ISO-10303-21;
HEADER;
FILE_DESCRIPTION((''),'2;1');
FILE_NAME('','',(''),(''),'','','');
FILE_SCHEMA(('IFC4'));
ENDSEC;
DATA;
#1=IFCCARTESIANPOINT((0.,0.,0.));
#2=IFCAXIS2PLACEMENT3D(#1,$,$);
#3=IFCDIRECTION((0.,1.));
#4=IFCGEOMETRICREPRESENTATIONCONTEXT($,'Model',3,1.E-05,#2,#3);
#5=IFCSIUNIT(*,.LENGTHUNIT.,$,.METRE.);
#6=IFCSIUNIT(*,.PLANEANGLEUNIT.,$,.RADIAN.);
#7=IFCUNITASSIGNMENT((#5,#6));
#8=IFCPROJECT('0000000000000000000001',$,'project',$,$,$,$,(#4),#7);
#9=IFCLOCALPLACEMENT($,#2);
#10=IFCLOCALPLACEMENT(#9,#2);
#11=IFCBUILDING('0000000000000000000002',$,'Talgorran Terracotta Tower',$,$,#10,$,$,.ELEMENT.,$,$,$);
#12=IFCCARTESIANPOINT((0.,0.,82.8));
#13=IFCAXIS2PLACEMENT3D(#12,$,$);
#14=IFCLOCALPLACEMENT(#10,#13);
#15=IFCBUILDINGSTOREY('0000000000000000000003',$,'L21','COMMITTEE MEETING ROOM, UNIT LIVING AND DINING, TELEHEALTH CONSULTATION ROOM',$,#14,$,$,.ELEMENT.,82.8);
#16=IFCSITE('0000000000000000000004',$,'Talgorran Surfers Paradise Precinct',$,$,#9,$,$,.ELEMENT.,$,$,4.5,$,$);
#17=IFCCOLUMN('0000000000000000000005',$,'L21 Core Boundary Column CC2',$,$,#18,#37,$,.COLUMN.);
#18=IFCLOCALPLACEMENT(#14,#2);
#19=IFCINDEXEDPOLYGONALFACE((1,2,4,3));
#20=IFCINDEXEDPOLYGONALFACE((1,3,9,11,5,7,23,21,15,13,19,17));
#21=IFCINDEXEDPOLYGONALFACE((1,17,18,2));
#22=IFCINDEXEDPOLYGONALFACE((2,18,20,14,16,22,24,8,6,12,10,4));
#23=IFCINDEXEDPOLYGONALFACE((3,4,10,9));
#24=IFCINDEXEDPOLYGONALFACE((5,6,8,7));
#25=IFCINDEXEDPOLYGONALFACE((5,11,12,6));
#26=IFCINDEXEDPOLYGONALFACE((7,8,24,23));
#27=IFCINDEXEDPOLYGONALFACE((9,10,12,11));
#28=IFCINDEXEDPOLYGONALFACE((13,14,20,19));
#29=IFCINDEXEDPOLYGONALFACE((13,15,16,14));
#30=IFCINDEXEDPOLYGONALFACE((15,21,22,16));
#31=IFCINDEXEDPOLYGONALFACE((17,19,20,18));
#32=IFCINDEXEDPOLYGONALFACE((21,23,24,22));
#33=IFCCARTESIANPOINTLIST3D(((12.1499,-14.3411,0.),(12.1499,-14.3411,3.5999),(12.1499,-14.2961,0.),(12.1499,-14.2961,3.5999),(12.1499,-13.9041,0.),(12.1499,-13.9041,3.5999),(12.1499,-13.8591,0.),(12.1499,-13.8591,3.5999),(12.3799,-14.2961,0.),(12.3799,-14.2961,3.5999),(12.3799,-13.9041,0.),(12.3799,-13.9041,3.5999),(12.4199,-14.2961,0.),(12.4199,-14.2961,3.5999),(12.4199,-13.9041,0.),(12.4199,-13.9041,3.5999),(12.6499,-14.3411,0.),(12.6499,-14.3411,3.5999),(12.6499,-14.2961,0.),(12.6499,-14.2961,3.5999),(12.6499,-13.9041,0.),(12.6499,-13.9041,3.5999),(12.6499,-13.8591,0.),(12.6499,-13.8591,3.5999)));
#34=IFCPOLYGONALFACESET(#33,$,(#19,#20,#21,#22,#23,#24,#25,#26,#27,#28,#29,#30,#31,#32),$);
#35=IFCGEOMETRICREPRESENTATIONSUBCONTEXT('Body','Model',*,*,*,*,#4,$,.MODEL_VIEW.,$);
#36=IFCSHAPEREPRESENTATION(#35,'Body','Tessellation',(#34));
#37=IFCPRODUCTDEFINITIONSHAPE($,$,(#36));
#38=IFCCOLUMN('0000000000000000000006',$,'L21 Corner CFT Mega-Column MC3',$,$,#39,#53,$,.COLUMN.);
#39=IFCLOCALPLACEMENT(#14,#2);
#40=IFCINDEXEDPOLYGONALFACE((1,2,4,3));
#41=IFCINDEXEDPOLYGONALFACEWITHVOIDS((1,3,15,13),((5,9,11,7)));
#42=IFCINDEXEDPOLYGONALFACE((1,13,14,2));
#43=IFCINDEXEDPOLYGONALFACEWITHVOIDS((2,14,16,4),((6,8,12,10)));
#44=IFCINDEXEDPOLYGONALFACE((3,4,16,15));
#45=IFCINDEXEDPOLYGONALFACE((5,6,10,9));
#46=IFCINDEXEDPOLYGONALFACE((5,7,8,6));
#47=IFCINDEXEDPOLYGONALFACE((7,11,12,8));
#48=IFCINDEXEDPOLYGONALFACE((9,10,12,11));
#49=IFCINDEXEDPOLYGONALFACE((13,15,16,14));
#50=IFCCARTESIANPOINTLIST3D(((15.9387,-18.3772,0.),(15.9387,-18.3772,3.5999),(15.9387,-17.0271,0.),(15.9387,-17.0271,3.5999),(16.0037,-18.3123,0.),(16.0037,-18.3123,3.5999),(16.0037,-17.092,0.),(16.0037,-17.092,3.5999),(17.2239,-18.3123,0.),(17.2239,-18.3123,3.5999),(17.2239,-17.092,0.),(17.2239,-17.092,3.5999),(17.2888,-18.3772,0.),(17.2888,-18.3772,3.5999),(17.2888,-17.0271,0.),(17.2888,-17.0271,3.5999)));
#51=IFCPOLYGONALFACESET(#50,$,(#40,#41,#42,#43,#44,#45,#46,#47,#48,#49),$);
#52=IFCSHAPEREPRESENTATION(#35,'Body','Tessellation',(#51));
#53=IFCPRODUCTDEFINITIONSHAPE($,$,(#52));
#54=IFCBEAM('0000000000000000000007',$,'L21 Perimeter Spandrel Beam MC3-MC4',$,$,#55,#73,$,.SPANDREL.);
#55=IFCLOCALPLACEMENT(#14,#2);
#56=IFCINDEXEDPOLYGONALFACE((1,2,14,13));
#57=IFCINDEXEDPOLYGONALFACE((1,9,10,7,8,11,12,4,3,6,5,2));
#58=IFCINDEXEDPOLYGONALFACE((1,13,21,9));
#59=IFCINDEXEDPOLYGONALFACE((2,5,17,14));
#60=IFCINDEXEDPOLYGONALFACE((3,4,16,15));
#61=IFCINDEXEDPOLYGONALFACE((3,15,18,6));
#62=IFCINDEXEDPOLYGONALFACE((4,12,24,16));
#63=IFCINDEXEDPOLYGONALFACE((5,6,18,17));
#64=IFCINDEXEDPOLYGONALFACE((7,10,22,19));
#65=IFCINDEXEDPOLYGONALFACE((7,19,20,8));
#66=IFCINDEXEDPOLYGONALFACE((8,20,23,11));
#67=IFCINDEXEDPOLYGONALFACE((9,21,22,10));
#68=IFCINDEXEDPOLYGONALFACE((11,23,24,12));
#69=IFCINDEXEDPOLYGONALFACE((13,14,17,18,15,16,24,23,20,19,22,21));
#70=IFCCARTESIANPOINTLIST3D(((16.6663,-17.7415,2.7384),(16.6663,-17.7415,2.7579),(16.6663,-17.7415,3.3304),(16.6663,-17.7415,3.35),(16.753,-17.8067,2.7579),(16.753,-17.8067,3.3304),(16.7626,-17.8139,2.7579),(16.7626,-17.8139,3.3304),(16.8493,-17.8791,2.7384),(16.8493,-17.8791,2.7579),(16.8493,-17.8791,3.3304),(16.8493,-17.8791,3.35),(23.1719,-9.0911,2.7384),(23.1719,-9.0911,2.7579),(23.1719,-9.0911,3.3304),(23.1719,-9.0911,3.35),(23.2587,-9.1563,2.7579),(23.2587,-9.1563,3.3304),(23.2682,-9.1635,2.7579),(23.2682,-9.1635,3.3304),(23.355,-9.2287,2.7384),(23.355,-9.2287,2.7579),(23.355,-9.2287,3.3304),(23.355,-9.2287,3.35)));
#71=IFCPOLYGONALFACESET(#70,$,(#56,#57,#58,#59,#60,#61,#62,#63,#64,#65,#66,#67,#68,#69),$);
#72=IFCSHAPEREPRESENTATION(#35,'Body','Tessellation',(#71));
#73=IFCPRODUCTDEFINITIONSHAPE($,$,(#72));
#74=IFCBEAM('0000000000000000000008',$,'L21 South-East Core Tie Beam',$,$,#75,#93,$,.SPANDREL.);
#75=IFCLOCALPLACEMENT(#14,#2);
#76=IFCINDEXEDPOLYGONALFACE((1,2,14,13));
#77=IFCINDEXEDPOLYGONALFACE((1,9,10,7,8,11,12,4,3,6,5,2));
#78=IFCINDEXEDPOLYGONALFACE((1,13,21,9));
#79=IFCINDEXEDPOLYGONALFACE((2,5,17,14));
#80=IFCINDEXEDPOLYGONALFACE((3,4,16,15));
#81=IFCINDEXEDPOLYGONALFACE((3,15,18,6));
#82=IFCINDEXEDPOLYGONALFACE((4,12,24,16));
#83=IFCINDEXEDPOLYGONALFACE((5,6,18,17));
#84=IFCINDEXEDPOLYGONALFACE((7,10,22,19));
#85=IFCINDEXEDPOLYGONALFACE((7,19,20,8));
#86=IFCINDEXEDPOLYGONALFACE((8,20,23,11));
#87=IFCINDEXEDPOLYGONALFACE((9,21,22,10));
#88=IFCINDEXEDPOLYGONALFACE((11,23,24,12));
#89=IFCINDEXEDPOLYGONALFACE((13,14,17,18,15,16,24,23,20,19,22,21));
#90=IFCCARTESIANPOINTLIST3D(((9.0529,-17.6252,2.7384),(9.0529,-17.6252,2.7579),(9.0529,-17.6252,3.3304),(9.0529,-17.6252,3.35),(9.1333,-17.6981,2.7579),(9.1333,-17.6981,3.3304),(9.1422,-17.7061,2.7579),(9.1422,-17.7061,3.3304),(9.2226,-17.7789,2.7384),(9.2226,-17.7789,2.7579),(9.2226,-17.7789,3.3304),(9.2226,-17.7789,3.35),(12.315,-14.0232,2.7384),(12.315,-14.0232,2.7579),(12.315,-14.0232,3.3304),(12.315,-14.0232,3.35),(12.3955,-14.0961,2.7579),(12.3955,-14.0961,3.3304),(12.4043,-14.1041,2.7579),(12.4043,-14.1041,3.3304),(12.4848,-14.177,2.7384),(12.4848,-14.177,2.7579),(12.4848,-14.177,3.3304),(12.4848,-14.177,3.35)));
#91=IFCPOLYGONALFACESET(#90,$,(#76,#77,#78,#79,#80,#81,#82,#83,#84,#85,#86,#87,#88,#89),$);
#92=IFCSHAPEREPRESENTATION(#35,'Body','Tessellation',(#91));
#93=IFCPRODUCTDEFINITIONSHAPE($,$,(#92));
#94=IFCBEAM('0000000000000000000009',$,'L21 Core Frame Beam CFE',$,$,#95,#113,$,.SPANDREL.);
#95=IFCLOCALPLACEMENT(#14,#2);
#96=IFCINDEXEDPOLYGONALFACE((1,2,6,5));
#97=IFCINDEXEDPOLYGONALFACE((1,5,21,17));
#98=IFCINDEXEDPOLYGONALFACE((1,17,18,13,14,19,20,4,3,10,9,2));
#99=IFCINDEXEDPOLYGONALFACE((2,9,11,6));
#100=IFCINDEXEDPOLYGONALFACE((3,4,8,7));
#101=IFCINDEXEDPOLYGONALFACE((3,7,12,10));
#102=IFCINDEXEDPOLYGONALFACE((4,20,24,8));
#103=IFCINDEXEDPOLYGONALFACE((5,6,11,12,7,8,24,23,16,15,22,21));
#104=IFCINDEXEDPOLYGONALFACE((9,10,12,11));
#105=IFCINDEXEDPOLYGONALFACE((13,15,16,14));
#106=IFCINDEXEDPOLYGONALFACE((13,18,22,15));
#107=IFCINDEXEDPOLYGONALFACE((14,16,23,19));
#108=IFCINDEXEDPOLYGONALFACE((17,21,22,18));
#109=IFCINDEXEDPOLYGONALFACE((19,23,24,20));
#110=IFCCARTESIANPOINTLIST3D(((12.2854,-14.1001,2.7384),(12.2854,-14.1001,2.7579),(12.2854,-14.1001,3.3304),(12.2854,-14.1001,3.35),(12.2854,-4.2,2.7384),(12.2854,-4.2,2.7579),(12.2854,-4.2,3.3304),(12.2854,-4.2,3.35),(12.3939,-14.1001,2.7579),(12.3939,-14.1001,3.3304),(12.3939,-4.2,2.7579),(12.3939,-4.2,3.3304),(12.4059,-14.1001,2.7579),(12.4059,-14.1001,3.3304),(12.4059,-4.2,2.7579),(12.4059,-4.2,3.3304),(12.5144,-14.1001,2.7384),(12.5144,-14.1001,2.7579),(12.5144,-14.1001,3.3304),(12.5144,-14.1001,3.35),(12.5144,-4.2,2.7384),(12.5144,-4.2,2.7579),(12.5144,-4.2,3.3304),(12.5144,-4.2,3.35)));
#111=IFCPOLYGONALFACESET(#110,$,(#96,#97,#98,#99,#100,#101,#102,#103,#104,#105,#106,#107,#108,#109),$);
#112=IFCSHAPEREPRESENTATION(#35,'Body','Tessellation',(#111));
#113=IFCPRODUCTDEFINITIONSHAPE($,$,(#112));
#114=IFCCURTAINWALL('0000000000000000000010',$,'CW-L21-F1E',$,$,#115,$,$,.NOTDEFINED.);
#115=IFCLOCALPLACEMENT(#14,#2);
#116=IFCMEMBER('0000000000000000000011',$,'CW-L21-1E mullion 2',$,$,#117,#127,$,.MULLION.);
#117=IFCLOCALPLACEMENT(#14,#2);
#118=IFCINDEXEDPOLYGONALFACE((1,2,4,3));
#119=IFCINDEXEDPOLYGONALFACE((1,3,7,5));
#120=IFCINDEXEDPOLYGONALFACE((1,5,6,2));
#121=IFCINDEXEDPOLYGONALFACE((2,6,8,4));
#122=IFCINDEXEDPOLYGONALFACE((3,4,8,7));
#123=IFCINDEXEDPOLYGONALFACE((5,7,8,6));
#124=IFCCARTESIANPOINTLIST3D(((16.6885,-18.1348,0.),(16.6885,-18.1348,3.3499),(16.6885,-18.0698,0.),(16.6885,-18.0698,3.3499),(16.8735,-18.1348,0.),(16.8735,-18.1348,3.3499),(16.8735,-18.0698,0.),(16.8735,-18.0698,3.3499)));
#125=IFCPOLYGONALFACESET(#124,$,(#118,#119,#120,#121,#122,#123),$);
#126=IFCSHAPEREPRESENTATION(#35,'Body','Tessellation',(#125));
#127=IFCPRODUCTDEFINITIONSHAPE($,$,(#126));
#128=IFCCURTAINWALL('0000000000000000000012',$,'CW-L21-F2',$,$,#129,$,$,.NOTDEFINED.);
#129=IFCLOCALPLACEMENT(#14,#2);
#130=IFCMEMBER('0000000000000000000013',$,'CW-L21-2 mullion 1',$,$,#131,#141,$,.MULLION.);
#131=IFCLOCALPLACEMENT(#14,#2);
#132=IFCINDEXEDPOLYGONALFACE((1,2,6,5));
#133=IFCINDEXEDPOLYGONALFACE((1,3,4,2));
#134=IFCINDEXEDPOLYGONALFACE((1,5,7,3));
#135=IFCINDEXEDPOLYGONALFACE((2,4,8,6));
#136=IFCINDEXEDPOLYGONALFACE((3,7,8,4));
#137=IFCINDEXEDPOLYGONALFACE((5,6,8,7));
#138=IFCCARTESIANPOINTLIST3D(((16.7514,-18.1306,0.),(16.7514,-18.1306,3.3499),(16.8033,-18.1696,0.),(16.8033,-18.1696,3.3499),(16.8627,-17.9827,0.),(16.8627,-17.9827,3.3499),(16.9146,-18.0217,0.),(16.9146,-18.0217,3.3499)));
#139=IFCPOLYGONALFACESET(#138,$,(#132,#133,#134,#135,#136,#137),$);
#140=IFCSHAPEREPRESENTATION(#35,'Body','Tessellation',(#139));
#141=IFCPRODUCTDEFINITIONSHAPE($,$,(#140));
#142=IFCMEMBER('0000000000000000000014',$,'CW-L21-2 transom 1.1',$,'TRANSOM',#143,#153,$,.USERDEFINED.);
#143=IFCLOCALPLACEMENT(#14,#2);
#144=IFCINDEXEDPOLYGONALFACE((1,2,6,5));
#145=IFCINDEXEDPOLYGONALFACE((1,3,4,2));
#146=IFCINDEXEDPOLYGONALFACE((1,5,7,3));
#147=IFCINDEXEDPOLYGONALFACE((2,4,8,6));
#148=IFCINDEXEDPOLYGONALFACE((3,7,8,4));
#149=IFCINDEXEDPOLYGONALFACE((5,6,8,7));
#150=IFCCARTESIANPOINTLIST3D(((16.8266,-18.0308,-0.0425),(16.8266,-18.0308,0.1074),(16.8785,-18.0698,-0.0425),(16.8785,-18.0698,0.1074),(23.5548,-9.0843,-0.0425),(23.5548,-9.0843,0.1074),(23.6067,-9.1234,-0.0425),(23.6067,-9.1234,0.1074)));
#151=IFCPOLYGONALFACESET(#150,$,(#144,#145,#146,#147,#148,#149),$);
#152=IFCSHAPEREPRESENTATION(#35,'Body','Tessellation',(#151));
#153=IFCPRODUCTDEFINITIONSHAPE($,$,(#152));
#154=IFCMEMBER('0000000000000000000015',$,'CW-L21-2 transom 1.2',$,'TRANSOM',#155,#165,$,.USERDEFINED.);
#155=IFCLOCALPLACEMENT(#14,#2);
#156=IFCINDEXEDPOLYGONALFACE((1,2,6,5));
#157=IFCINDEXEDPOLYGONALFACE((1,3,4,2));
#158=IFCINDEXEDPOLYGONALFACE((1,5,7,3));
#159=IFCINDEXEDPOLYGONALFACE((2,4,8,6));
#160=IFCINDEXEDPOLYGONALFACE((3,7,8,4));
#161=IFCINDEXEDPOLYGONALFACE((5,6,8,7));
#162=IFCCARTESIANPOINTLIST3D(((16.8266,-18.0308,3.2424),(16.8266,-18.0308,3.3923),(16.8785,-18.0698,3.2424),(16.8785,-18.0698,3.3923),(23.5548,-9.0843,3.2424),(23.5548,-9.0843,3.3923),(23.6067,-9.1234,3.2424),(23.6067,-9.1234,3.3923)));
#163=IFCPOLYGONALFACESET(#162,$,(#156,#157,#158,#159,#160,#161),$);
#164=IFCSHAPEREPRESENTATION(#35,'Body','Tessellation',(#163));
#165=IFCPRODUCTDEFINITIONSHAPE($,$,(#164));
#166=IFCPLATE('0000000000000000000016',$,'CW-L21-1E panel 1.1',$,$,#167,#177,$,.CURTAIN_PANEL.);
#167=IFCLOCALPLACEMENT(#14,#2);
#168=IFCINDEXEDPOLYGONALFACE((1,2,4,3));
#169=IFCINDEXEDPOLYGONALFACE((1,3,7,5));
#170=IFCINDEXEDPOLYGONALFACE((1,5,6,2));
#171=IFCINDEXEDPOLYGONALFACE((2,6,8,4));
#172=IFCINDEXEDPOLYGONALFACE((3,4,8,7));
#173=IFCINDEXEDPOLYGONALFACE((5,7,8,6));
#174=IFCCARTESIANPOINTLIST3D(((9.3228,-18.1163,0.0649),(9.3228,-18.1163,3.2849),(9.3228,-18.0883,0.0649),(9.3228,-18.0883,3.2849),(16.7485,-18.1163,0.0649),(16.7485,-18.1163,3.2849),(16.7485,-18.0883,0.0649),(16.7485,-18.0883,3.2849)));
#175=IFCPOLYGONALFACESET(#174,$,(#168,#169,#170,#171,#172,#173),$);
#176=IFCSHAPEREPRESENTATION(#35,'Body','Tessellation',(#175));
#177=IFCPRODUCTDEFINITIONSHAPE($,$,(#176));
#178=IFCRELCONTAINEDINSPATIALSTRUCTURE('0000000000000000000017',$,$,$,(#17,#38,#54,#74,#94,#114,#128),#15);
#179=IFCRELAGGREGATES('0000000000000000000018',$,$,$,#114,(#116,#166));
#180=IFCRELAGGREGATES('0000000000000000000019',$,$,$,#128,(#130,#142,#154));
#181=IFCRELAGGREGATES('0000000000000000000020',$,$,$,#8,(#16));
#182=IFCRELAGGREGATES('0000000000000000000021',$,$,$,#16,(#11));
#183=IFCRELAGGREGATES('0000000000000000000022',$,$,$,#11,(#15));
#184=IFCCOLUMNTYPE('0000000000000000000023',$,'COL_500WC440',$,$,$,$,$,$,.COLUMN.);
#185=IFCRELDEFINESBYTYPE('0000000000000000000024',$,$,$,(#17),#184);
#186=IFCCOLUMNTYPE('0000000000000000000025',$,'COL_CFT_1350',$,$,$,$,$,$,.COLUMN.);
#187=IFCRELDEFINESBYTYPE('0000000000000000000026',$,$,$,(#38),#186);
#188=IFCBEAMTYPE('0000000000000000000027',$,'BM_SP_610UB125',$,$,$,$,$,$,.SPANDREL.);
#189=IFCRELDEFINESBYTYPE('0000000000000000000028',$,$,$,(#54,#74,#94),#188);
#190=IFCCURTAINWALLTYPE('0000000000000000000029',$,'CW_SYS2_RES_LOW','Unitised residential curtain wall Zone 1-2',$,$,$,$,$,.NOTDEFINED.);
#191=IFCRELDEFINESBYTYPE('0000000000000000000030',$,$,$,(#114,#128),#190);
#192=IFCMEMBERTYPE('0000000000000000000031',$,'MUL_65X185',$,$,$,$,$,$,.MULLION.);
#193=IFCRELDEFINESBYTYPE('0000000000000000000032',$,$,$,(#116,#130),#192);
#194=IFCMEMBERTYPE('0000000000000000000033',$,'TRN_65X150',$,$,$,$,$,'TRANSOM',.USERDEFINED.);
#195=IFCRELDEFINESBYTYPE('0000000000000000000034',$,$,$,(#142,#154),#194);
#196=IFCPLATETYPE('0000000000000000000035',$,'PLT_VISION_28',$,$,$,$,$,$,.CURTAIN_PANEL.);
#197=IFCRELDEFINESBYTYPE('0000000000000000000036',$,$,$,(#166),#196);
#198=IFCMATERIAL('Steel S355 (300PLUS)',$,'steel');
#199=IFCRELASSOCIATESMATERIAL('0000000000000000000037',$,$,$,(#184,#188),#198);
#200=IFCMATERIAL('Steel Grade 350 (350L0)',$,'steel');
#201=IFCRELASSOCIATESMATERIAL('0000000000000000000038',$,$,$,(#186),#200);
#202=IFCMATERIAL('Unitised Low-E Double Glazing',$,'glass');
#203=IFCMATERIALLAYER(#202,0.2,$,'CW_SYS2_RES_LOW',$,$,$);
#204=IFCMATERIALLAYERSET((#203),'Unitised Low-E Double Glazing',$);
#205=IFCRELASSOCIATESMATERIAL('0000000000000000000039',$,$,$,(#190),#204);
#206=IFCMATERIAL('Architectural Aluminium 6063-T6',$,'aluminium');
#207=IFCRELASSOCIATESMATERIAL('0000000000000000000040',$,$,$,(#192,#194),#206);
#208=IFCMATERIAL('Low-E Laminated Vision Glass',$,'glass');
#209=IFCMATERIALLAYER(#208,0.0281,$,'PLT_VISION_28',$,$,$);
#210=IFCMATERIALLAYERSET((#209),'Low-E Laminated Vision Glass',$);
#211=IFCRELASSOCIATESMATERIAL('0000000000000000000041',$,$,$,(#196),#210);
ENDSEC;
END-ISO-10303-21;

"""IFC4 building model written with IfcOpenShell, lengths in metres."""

from ifc_helpers import new_model, si_unit, direction, frame, origin, origin_2d, place, context, subcontext, project, spatial, rectangle, hollow_rectangle, i_section, extrude, source, transform, mapped, material, layer, layer_set, material_profile, profile_set, type_object, element, aggregate, save


model = new_model("IFC4")

# Units and contexts
model_context = context("Model", 3, precision=1e-05, world=origin(), true_north=direction((0.0, 1.0)))
body_context = subcontext(model_context, "Body", "Model", "MODEL_VIEW")
ifc_project = project(units=[si_unit("LENGTHUNIT", "METRE"), si_unit("PLANEANGLEUNIT", "RADIAN")], contexts=[model_context])

# Site, building, storey
site_placement = place(None, origin())
site = spatial("IfcSite", under=ifc_project, at=site_placement, Name="Talgorran Surfers Paradise Precinct", CompositionType="ELEMENT", RefElevation=4.5)
building_placement = place(site_placement, origin())
building = spatial("IfcBuilding", under=site, at=building_placement, Name="Talgorran Terracotta Tower", CompositionType="ELEMENT")
storey_placement = place(building_placement, frame((0.0, 0.0, 82.8)))
storey = spatial("IfcBuildingStorey", under=building, at=storey_placement, Name="L21", Description="COMMITTEE MEETING ROOM, UNIT LIVING AND DINING, TELEHEALTH CONSULTATION ROOM", CompositionType="ELEMENT", Elevation=82.8)

# Columns
ifc_material_1 = material(Name="Steel S355 (300PLUS)", Category="steel")
ifc_material_profile_1 = material_profile(ifc_material_1, i_section(OverallWidth=0.5, OverallDepth=0.4819, WebThickness=0.04, FlangeThickness=0.0449, at=origin_2d()), Name="500WC440")
ifc_profile_set_1 = profile_set([ifc_material_profile_1], Name="Steel S355 (300PLUS)")
column_type_1 = type_object("IfcColumnType", Name="COL_500WC440", PredefinedType="COLUMN", material=ifc_profile_set_1)
column_1_placement = place(storey_placement, frame((12.3999, -14.1001, 0.0), z_axis=(0.0, 0.0, 1.0), x_axis=(1.0, 0.0, 0.0)))
element("IfcColumn", 1, at=column_1_placement, inside=storey, type_object=column_type_1, Name="L21 Core Boundary Column CC2", PredefinedType="COLUMN", context=body_context, shape_type="SweptSolid", body=[
    extrude(i_section(OverallWidth=0.5, OverallDepth=0.4819, WebThickness=0.04, FlangeThickness=0.0449, at=origin_2d()), origin(), (0.0, 0.0, 1.0), 3.5999),
])
ifc_material_2 = material(Name="Steel Grade 350 (350L0)", Category="steel")
ifc_material_profile_2 = material_profile(ifc_material_2, hollow_rectangle(XDim=1.3501, YDim=1.3501, WallThickness=0.0649, at=origin_2d()), Name="CFT1350X1350X65")
ifc_profile_set_2 = profile_set([ifc_material_profile_2], Name="Steel Grade 350 (350L0)")
column_type_2 = type_object("IfcColumnType", Name="COL_CFT_1350", PredefinedType="COLUMN", material=ifc_profile_set_2)
column_2_placement = place(storey_placement, frame((16.6138, -17.7021, 0.0), z_axis=(0.0, 0.0, 1.0), x_axis=(1.0, 0.0, 0.0)))
element("IfcColumn", 2, at=column_2_placement, inside=storey, type_object=column_type_2, Name="L21 Corner CFT Mega-Column MC3", PredefinedType="COLUMN", context=body_context, shape_type="SweptSolid", body=[
    extrude(hollow_rectangle(XDim=1.3501, YDim=1.3501, WallThickness=0.0649, at=origin_2d()), origin(), (0.0, 0.0, 1.0), 3.5999),
])

# Beams
ifc_material_profile_3 = material_profile(ifc_material_1, i_section(OverallWidth=0.229, OverallDepth=0.6116, WebThickness=0.012, FlangeThickness=0.0195, at=origin_2d()), Name="610UB125")
ifc_profile_set_3 = profile_set([ifc_material_profile_3], Name="Steel S355 (300PLUS)")
beam_type = type_object("IfcBeamType", Name="BM_SP_610UB125", PredefinedType="SPANDREL", material=ifc_profile_set_3)
beam_1_placement = place(storey_placement, frame((16.7578, -17.8103, 3.0442), z_axis=(0.601053, 0.799209, 0.0), x_axis=(-0.799209, 0.601053, 0.0)))
element("IfcBeam", 3, at=beam_1_placement, inside=storey, type_object=beam_type, Name="L21 Perimeter Spandrel Beam MC3-MC4", PredefinedType="SPANDREL", context=body_context, shape_type="SweptSolid", body=[
    extrude(i_section(OverallWidth=0.229, OverallDepth=0.6116, WebThickness=0.012, FlangeThickness=0.0195, at=origin_2d()), origin(), (0.0, 0.0, 1.0), 10.8237),
])
beam_2_placement = place(storey_placement, frame((12.3999, -14.1001, 3.0442), z_axis=(-0.671276, -0.741207, 0.0), x_axis=(0.741207, -0.671276, 0.0)))
element("IfcBeam", 4, at=beam_2_placement, inside=storey, type_object=beam_type, Name="L21 South-East Core Tie Beam", PredefinedType="SPANDREL", context=body_context, shape_type="SweptSolid", body=[
    extrude(i_section(OverallWidth=0.229, OverallDepth=0.6116, WebThickness=0.012, FlangeThickness=0.0195, at=origin_2d()), origin(), (0.0, 0.0, 1.0), 4.8596),
])
beam_3_placement = place(storey_placement, frame((12.3999, -14.1001, 3.0442), z_axis=(0.0, 1.0, 0.0), x_axis=(-1.0, 0.0, 0.0)))
element("IfcBeam", 5, at=beam_3_placement, inside=storey, type_object=beam_type, Name="L21 Core Frame Beam CFE", PredefinedType="SPANDREL", context=body_context, shape_type="SweptSolid", body=[
    extrude(i_section(OverallWidth=0.229, OverallDepth=0.6116, WebThickness=0.012, FlangeThickness=0.0195, at=origin_2d()), origin(), (0.0, 0.0, 1.0), 9.9001),
])

# Curtain wall, member
ifc_material_3 = material(Name="Unitised Low-E Double Glazing", Category="glass")
ifc_layer_1 = layer(ifc_material_3, 0.2, Name="CW_SYS2_RES_LOW")
ifc_layer_set_1 = layer_set([ifc_layer_1], Name="Unitised Low-E Double Glazing")
curtain_wall_type = type_object("IfcCurtainWallType", Name="CW_SYS2_RES_LOW", Description="Unitised residential curtain wall Zone 1-2", PredefinedType="NOTDEFINED", material=ifc_layer_set_1)
curtain_wall_1_placement = place(storey_placement, origin())
curtain_wall_1 = element("IfcCurtainWall", 6, at=curtain_wall_1_placement, inside=storey, type_object=curtain_wall_type, Name="CW-L21-F1E", PredefinedType="NOTDEFINED")
ifc_material_4 = material(Name="Architectural Aluminium 6063-T6", Category="aluminium")
ifc_material_profile_4 = material_profile(ifc_material_4, rectangle(XDim=0.0649, YDim=0.1851, at=origin_2d()), Name="CWM65X185")
ifc_profile_set_4 = profile_set([ifc_material_profile_4], Name="Architectural Aluminium 6063-T6")
member_type_1 = type_object("IfcMemberType", Name="MUL_65X185", PredefinedType="MULLION", material=ifc_profile_set_4)
member_1_placement = place(storey_placement, frame((16.781, -18.1023, 0.0), z_axis=(0.0, 0.0, 1.0), x_axis=(0.0, 1.0, 0.0)))
member_1 = element("IfcMember", 7, at=member_1_placement, type_object=member_type_1, Name="CW-L21-1E mullion 2", PredefinedType="MULLION", context=body_context, shape_type="SweptSolid", body=[
    extrude(rectangle(XDim=0.0649, YDim=0.1851, at=origin_2d()), origin(), (0.0, 0.0, 1.0), 3.3499),
])

# Curtain wall, members
curtain_wall_2_placement = place(storey_placement, origin())
curtain_wall_2 = element("IfcCurtainWall", 8, at=curtain_wall_2_placement, inside=storey, type_object=curtain_wall_type, Name="CW-L21-F2", PredefinedType="NOTDEFINED")
member_2_placement = place(storey_placement, frame((16.833, -18.0762, 0.0), z_axis=(0.0, 0.0, 1.0), x_axis=(-0.79921, 0.601052, 0.0)))
member_2 = element("IfcMember", 9, at=member_2_placement, type_object=member_type_1, Name="CW-L21-2 mullion 1", PredefinedType="MULLION", context=body_context, shape_type="SweptSolid", body=[
    extrude(rectangle(XDim=0.0649, YDim=0.1851, at=origin_2d()), origin(), (0.0, 0.0, 1.0), 3.3499),
])
ifc_material_profile_5 = material_profile(ifc_material_4, rectangle(XDim=0.0649, YDim=0.1499, at=origin_2d()), Name="CWT65X150")
ifc_profile_set_5 = profile_set([ifc_material_profile_5], Name="Architectural Aluminium 6063-T6")
member_type_2 = type_object("IfcMemberType", Name="TRN_65X150", ElementType="TRANSOM", PredefinedType="USERDEFINED", material=ifc_profile_set_5)
member_3_placement = place(storey_placement, frame((16.8525, -18.0503, 0.0325), z_axis=(0.60105, 0.799212, 0.0), x_axis=(-0.799212, 0.60105, 0.0)))
member_3 = element("IfcMember", 10, at=member_3_placement, type_object=member_type_2, Name="CW-L21-2 transom 1.1", ObjectType="TRANSOM", PredefinedType="USERDEFINED", context=body_context, shape_type="SweptSolid", body=[
    extrude(rectangle(XDim=0.0649, YDim=0.1499, at=origin_2d()), origin(), (0.0, 0.0, 1.0), 11.1941),
])
member_4_placement = place(storey_placement, frame((16.8525, -18.0503, 3.3174), z_axis=(0.60105, 0.799212, 0.0), x_axis=(-0.799212, 0.60105, 0.0)))
member_4 = element("IfcMember", 11, at=member_4_placement, type_object=member_type_2, Name="CW-L21-2 transom 1.2", ObjectType="TRANSOM", PredefinedType="USERDEFINED", context=body_context, shape_type="SweptSolid", body=[
    extrude(rectangle(XDim=0.0649, YDim=0.1499, at=origin_2d()), origin(), (0.0, 0.0, 1.0), 11.1941),
])

# Plate
ifc_material_5 = material(Name="Low-E Laminated Vision Glass", Category="glass")
ifc_layer_2 = layer(ifc_material_5, 0.0281, Name="PLT_VISION_28")
ifc_layer_set_2 = layer_set([ifc_layer_2], Name="Low-E Laminated Vision Glass")
plate_type = type_object("IfcPlateType", Name="PLT_VISION_28", PredefinedType="CURTAIN_PANEL", material=ifc_layer_set_2)
shared_shape_1 = source(origin(), body_context, "Body", "SweptSolid", [
    extrude(rectangle(XDim=7.4258, YDim=0.0281, at=origin_2d()), origin(), (0.0, 0.0, 1.0), 3.22),
])
plate_1_placement = place(storey_placement, frame((13.0356, -18.1023, 0.0649), z_axis=(0.0, 0.0, 1.0), x_axis=(1.0, 0.0, 0.0)))
plate_1 = element("IfcPlate", 12, at=plate_1_placement, type_object=plate_type, Name="CW-L21-1E panel 1.1", PredefinedType="CURTAIN_PANEL", context=body_context, shape_type="MappedRepresentation", body=[
    mapped(shared_shape_1, transform((0.0, 0.0, 0.0), scale=1.0)),
])
aggregate(curtain_wall_1, [member_1, plate_1])
aggregate(curtain_wall_2, [member_2, member_3, member_4])

save(model, "model.ifc")
